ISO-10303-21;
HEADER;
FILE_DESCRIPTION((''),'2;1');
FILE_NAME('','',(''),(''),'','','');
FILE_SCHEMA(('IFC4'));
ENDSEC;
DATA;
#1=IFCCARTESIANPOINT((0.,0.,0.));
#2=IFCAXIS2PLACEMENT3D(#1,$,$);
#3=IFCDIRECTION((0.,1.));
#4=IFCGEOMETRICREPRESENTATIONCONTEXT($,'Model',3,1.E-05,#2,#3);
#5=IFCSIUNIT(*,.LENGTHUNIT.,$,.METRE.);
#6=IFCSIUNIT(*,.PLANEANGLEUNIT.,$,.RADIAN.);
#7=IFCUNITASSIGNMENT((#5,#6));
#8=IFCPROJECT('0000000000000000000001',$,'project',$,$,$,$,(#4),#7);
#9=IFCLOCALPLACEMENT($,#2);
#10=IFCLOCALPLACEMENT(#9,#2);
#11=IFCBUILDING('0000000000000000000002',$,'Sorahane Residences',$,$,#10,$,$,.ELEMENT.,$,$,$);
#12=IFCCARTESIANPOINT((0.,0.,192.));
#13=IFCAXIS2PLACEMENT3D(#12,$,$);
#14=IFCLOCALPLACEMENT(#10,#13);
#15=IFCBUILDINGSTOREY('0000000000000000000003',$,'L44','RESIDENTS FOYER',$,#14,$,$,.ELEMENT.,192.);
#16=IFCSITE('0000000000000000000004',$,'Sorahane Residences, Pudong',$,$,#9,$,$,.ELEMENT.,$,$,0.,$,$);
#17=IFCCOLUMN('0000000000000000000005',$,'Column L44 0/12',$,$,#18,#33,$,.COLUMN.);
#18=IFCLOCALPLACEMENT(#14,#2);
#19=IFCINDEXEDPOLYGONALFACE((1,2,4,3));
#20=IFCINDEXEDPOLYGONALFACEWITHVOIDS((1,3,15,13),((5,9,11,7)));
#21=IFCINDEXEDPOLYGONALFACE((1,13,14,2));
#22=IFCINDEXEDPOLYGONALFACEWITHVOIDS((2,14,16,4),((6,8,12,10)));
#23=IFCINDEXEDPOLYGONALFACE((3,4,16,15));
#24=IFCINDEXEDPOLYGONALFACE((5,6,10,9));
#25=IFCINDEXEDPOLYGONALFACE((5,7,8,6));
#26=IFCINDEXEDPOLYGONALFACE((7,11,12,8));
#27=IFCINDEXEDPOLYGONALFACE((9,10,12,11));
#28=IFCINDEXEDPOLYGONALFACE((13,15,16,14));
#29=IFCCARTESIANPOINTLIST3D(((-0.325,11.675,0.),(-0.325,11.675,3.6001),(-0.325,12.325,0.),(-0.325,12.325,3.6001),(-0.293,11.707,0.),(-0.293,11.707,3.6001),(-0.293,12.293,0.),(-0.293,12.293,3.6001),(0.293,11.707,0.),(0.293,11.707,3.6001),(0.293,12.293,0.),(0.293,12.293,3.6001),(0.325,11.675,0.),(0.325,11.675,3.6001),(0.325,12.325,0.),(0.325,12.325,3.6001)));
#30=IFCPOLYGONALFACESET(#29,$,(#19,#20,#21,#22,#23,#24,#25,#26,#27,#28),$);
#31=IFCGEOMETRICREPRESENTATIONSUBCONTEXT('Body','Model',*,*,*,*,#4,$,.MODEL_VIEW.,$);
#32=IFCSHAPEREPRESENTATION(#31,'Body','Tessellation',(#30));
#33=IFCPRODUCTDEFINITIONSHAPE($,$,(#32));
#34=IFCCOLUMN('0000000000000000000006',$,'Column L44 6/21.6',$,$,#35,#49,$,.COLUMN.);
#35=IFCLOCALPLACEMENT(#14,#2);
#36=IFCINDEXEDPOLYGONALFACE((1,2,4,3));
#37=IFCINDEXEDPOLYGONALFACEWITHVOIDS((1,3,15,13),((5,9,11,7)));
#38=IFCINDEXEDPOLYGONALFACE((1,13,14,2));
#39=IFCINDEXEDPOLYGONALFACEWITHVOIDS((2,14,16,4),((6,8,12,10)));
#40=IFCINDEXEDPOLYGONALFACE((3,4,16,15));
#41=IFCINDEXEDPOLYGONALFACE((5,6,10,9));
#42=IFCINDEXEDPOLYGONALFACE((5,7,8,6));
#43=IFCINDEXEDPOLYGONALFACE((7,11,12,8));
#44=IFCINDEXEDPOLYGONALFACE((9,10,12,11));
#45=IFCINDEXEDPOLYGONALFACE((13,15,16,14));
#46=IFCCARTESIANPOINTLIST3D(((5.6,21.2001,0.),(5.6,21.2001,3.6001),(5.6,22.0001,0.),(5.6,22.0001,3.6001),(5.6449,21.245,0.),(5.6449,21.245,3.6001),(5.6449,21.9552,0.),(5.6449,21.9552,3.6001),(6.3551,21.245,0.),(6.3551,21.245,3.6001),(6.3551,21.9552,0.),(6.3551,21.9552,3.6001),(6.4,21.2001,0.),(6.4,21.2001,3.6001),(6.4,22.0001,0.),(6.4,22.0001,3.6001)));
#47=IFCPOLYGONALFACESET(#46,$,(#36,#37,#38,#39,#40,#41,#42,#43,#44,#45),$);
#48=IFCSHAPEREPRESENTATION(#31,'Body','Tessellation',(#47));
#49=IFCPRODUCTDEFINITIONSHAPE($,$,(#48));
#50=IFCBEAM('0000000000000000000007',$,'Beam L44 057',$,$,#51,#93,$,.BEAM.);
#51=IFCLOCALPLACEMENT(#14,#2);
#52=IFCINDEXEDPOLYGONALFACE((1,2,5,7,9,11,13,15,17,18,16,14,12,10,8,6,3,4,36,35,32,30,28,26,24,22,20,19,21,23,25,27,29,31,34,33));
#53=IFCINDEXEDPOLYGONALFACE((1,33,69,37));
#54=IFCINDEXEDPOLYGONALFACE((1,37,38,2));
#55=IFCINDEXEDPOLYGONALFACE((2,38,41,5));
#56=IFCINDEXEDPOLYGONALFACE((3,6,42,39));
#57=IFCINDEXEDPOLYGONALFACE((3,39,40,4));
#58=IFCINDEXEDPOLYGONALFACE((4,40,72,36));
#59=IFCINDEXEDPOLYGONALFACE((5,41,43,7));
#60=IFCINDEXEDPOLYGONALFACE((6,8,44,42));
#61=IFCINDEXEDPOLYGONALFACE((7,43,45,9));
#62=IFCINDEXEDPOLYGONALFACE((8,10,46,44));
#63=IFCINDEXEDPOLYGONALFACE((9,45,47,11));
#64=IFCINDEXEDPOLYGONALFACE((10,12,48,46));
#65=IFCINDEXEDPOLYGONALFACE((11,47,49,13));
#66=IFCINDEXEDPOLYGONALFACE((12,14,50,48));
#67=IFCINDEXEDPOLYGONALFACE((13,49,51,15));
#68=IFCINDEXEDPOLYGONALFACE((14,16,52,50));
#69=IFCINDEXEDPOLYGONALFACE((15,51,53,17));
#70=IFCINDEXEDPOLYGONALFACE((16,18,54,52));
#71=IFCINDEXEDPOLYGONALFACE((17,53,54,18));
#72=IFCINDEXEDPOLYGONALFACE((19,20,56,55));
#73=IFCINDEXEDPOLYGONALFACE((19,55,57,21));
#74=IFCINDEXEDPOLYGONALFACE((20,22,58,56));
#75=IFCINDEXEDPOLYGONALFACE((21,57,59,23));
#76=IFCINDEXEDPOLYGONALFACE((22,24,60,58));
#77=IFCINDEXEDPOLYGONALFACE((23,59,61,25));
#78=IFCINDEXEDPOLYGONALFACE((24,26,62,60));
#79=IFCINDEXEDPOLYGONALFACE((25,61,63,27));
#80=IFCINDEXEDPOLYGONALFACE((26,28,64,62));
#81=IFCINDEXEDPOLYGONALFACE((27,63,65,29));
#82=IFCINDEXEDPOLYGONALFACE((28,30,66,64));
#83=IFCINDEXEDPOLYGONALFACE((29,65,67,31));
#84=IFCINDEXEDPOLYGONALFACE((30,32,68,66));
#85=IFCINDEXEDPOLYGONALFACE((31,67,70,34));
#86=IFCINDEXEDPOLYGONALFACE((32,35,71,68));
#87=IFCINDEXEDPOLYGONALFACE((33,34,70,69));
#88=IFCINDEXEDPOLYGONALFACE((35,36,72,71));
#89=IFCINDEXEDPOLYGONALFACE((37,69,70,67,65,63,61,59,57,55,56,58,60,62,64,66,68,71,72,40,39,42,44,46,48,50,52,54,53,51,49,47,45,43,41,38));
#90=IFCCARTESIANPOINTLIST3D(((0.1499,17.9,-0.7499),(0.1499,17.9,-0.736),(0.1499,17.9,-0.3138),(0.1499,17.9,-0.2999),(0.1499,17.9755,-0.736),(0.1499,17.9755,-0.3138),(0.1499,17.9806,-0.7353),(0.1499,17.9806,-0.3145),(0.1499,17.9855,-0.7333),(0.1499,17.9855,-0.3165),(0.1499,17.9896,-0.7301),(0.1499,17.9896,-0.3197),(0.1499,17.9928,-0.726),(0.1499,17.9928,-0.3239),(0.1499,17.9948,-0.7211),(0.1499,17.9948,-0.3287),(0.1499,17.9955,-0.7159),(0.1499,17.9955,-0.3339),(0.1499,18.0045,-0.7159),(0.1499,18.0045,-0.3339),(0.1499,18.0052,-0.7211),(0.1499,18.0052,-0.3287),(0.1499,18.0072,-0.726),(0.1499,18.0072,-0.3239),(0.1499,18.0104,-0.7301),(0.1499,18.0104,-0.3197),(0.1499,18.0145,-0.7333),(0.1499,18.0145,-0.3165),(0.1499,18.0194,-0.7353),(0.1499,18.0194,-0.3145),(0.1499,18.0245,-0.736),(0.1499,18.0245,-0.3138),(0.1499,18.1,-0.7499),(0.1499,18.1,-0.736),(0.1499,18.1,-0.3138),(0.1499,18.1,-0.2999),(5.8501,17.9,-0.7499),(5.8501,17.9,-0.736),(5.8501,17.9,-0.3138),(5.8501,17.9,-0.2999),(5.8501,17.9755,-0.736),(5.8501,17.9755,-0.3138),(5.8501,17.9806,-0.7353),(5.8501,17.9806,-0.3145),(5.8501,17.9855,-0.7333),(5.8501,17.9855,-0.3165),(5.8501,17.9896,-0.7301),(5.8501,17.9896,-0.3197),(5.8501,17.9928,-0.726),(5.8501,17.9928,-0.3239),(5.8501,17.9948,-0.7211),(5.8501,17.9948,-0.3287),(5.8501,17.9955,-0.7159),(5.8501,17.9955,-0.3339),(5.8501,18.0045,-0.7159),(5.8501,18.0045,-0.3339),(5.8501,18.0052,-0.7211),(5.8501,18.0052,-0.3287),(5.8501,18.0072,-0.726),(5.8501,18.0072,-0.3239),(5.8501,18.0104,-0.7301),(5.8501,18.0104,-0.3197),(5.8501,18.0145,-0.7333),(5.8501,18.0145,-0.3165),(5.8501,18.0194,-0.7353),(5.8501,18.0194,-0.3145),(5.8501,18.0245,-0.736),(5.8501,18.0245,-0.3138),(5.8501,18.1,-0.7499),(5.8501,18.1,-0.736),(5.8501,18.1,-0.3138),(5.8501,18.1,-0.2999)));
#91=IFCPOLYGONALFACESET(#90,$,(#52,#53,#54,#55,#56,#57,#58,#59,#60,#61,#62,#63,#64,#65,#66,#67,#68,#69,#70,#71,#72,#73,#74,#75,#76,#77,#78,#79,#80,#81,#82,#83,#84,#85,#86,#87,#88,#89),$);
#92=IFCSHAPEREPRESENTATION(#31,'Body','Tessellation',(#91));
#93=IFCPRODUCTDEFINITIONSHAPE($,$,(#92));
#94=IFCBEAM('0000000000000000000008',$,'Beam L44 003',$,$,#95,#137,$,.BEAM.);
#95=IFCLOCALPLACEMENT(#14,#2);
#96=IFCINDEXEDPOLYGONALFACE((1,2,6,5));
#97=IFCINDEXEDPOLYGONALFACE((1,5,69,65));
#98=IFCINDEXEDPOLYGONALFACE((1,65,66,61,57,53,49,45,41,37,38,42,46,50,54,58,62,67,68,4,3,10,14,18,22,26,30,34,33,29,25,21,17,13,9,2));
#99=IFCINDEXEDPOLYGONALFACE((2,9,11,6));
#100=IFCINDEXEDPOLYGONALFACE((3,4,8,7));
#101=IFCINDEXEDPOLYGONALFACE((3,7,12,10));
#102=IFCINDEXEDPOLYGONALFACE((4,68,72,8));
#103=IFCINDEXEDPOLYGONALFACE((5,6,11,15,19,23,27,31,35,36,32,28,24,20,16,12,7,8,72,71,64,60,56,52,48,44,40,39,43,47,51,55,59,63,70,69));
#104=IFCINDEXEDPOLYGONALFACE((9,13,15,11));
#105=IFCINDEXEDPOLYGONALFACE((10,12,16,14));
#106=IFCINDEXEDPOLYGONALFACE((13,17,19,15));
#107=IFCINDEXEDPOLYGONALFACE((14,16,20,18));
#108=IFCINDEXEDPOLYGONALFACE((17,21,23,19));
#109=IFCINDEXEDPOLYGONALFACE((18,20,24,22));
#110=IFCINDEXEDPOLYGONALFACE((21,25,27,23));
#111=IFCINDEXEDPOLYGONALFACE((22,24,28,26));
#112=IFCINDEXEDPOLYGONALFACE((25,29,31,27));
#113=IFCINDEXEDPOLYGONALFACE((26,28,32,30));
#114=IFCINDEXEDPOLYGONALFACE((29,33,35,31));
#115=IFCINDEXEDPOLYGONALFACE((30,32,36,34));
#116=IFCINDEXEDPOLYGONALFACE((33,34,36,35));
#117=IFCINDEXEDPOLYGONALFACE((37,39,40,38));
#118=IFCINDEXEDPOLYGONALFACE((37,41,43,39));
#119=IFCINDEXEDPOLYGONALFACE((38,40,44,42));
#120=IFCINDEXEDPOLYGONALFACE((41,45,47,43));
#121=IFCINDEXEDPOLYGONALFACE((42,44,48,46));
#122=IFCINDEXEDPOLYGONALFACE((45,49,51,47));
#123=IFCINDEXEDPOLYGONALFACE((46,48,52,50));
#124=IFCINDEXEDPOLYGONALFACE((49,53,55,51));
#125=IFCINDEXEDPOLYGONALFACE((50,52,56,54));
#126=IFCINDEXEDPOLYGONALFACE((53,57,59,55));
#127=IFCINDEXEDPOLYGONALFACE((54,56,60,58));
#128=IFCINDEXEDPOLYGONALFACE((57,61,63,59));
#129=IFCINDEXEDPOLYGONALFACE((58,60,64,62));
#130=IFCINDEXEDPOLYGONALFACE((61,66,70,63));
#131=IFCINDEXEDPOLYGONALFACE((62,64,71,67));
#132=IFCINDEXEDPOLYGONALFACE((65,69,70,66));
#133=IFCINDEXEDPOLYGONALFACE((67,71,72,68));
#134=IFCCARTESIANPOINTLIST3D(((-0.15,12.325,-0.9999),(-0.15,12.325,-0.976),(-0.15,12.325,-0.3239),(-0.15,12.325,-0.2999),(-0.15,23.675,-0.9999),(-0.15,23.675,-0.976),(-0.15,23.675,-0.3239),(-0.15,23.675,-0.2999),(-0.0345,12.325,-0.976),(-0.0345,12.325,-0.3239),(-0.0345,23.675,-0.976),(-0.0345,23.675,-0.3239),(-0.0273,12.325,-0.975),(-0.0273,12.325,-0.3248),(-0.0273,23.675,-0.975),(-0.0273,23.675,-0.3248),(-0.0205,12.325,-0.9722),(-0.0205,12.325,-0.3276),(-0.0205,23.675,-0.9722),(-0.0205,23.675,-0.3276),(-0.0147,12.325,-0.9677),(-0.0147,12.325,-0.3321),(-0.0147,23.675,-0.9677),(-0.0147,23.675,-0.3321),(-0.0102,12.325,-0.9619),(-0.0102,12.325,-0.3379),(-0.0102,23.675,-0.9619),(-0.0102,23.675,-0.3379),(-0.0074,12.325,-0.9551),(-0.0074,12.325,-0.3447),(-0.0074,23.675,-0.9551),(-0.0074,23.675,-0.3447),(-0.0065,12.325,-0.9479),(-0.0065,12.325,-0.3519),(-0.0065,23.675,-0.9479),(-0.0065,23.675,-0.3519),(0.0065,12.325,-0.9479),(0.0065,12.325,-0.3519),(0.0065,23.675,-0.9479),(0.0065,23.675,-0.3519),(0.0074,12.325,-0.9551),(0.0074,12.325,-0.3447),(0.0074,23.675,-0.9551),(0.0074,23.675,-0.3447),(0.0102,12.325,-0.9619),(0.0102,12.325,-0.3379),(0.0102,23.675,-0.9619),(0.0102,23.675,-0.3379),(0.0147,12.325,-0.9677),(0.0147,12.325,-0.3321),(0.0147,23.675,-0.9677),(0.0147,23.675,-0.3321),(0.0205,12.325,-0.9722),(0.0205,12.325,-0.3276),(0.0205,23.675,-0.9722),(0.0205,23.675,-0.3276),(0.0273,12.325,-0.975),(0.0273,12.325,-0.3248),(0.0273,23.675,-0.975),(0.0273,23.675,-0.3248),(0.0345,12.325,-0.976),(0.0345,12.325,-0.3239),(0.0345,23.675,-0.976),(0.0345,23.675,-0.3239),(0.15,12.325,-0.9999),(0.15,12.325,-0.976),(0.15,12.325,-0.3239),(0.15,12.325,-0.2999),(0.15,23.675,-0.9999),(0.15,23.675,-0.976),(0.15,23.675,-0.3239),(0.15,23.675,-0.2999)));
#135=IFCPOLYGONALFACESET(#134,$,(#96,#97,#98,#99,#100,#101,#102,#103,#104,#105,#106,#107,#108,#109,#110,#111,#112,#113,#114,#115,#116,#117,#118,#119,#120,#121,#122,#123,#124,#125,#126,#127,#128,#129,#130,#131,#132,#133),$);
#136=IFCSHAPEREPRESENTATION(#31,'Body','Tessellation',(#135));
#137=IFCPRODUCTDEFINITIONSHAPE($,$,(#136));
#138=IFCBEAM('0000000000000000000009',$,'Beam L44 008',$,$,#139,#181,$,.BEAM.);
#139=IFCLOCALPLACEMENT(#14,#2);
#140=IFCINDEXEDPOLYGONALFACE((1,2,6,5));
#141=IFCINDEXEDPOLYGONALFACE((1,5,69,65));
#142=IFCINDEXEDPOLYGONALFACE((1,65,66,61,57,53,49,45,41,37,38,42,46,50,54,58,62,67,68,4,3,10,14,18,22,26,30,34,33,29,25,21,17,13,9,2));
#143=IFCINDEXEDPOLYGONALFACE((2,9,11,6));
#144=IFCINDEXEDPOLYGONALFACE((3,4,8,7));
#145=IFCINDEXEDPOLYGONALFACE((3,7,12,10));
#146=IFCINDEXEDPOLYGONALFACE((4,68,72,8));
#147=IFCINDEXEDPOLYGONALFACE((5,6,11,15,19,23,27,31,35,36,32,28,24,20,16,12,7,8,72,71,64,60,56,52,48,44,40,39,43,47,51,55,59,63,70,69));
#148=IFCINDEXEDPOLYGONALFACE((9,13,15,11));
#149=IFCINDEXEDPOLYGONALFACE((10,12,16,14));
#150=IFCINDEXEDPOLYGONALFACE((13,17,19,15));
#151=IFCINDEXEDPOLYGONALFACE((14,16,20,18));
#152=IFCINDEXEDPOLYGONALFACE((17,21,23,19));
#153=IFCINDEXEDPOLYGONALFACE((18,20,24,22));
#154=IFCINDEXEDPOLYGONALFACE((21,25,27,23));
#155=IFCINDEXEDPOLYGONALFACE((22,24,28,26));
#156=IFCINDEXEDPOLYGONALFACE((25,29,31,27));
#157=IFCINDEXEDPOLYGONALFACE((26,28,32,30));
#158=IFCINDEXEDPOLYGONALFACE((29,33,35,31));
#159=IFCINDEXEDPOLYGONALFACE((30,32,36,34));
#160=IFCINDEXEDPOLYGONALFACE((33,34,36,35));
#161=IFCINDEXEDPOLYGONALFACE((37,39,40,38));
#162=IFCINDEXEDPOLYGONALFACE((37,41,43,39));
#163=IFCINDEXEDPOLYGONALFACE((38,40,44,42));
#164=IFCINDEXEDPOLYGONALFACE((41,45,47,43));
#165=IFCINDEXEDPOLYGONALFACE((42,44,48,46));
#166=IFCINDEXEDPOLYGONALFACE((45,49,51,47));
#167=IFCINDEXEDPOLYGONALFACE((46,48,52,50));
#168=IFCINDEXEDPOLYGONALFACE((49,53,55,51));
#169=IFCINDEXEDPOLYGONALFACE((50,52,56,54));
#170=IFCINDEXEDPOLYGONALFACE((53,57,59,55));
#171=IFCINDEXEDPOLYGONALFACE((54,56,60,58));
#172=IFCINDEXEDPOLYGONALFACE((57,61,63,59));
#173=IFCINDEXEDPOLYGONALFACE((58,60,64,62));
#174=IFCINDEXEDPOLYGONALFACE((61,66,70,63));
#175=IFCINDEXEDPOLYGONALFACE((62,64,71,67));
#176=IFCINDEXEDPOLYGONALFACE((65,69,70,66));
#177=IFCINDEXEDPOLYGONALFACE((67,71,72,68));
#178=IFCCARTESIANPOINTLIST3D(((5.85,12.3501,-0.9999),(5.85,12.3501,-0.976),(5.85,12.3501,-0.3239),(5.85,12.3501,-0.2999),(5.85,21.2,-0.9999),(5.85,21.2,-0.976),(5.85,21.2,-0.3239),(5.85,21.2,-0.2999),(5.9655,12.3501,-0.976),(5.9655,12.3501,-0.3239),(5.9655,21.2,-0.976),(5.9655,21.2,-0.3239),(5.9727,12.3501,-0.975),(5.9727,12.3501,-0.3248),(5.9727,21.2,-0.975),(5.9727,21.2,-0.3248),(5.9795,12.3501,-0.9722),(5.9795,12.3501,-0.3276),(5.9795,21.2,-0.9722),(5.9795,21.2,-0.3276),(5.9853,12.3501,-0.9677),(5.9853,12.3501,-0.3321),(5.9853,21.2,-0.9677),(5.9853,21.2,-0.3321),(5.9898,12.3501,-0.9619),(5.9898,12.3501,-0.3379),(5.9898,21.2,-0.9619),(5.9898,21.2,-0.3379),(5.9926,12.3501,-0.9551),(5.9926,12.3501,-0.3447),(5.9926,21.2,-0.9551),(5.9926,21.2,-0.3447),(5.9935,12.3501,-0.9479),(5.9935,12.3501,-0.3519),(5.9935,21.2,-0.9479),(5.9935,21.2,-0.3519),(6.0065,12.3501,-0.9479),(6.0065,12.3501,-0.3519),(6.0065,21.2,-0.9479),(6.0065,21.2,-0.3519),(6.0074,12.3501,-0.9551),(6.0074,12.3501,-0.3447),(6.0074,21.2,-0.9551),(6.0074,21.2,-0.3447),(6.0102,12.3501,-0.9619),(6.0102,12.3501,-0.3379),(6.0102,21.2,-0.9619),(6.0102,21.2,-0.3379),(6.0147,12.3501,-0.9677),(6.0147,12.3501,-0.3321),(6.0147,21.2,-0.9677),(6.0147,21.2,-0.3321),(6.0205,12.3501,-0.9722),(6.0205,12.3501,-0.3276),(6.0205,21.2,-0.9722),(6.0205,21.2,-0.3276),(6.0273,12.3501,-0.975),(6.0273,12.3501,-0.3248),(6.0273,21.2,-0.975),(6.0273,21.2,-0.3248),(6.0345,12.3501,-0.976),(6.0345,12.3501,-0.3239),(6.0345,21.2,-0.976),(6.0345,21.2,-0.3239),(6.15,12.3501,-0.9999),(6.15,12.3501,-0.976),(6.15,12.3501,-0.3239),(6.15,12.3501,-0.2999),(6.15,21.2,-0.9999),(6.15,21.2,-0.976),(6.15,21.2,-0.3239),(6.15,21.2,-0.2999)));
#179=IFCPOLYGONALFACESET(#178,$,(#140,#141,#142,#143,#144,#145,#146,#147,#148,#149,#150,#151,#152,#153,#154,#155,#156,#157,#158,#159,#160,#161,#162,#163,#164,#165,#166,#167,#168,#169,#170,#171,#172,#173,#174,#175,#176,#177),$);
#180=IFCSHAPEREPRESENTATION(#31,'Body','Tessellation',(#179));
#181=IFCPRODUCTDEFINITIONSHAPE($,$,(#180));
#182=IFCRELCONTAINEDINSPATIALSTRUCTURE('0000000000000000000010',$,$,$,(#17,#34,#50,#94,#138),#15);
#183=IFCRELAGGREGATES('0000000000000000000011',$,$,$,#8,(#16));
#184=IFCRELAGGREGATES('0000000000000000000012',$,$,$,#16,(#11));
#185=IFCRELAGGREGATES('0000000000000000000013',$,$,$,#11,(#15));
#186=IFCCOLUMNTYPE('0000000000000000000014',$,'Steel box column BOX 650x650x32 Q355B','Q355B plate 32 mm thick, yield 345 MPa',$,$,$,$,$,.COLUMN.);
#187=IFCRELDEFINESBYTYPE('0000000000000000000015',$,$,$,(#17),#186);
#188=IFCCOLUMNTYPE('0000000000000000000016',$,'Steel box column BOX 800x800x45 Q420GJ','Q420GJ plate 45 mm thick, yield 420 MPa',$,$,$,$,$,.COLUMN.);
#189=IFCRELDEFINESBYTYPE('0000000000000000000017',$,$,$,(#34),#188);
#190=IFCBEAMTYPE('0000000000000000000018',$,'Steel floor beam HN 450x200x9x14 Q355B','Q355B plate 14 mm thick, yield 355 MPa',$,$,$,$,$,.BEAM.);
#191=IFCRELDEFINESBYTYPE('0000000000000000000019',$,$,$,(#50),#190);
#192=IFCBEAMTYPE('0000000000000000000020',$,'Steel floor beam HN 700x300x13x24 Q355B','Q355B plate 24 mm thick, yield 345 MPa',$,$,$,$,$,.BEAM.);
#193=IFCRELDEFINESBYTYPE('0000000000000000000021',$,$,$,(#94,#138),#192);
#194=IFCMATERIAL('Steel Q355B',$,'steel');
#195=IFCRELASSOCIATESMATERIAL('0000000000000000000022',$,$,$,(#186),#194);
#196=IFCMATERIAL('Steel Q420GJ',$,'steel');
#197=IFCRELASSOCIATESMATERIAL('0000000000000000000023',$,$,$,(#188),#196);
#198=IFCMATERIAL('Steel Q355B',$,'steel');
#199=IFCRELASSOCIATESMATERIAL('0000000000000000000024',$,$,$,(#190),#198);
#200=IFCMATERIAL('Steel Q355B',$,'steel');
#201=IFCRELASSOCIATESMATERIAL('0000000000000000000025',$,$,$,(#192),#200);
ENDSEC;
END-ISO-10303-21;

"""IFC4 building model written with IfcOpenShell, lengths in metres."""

from ifc_helpers import new_model, si_unit, direction, frame, origin, origin_2d, place, context, subcontext, project, spatial, hollow_rectangle, i_section, extrude, material, material_profile, profile_set, type_object, element, save


model = new_model("IFC4")

# Units and contexts
model_context = context("Model", 3, precision=1e-05, world=origin(), true_north=direction((0.0, 1.0)))
body_context = subcontext(model_context, "Body", "Model", "MODEL_VIEW")
ifc_project = project(units=[si_unit("LENGTHUNIT", "METRE"), si_unit("PLANEANGLEUNIT", "RADIAN")], contexts=[model_context])

# Site, building, storey
site_placement = place(None, origin())
site = spatial("IfcSite", under=ifc_project, at=site_placement, Name="Sorahane Residences, Pudong", CompositionType="ELEMENT", RefElevation=0.0)
building_placement = place(site_placement, origin())
building = spatial("IfcBuilding", under=site, at=building_placement, Name="Sorahane Residences", CompositionType="ELEMENT")
storey_placement = place(building_placement, frame((0.0, 0.0, 192.0)))
storey = spatial("IfcBuildingStorey", under=building, at=storey_placement, Name="L44", Description="RESIDENTS FOYER", CompositionType="ELEMENT", Elevation=192.0)

# Columns
ifc_material_1 = material(Name="Steel Q355B", Category="steel")
ifc_material_profile_1 = material_profile(ifc_material_1, hollow_rectangle(XDim=0.6499, YDim=0.6499, WallThickness=0.032, at=origin_2d()), Name="BOX 650x650x32")
ifc_profile_set_1 = profile_set([ifc_material_profile_1], Name="Steel Q355B")
column_type_1 = type_object("IfcColumnType", Name="Steel box column BOX 650x650x32 Q355B", Description="Q355B plate 32 mm thick, yield 345 MPa", PredefinedType="COLUMN", material=ifc_profile_set_1)
column_1_placement = place(storey_placement, frame((0.0, 12.0, 0.0), z_axis=(0.0, 0.0, 1.0), x_axis=(1.0, 0.0, 0.0)))
element("IfcColumn", 1, at=column_1_placement, inside=storey, type_object=column_type_1, Name="Column L44 0/12", PredefinedType="COLUMN", context=body_context, shape_type="SweptSolid", body=[
    extrude(hollow_rectangle(XDim=0.6499, YDim=0.6499, WallThickness=0.032, at=origin_2d()), origin(), (0.0, 0.0, 1.0), 3.6001),
])
ifc_material_2 = material(Name="Steel Q420GJ", Category="steel")
ifc_material_profile_2 = material_profile(ifc_material_2, hollow_rectangle(XDim=0.8, YDim=0.8, WallThickness=0.0449, at=origin_2d()), Name="BOX 800x800x45")
ifc_profile_set_2 = profile_set([ifc_material_profile_2], Name="Steel Q420GJ")
column_type_2 = type_object("IfcColumnType", Name="Steel box column BOX 800x800x45 Q420GJ", Description="Q420GJ plate 45 mm thick, yield 420 MPa", PredefinedType="COLUMN", material=ifc_profile_set_2)
column_2_placement = place(storey_placement, frame((6.0, 21.6001, 0.0), z_axis=(0.0, 0.0, 1.0), x_axis=(1.0, 0.0, 0.0)))
element("IfcColumn", 2, at=column_2_placement, inside=storey, type_object=column_type_2, Name="Column L44 6/21.6", PredefinedType="COLUMN", context=body_context, shape_type="SweptSolid", body=[
    extrude(hollow_rectangle(XDim=0.8, YDim=0.8, WallThickness=0.0449, at=origin_2d()), origin(), (0.0, 0.0, 1.0), 3.6001),
])

# Beams
ifc_material_3 = material(Name="Steel Q355B", Category="steel")
ifc_material_profile_3 = material_profile(ifc_material_3, i_section(OverallWidth=0.2, OverallDepth=0.45, WebThickness=0.009, FlangeThickness=0.0139, FilletRadius=0.02, at=origin_2d()), Name="HN 450x200x9x14")
ifc_profile_set_3 = profile_set([ifc_material_profile_3], Name="Steel Q355B")
beam_type_1 = type_object("IfcBeamType", Name="Steel floor beam HN 450x200x9x14 Q355B", Description="Q355B plate 14 mm thick, yield 355 MPa", PredefinedType="BEAM", material=ifc_profile_set_3)
beam_1_placement = place(storey_placement, frame((0.1499, 18.0, -0.5249), z_axis=(1.0, 0.0, 0.0), x_axis=(0.0, 1.0, 0.0)))
element("IfcBeam", 3, at=beam_1_placement, inside=storey, type_object=beam_type_1, Name="Beam L44 057", PredefinedType="BEAM", context=body_context, shape_type="SweptSolid", body=[
    extrude(i_section(OverallWidth=0.2, OverallDepth=0.45, WebThickness=0.009, FlangeThickness=0.0139, FilletRadius=0.02, at=origin_2d()), origin(), (0.0, 0.0, 1.0), 5.7002),
])
ifc_material_4 = material(Name="Steel Q355B", Category="steel")
ifc_material_profile_4 = material_profile(ifc_material_4, i_section(OverallWidth=0.3, OverallDepth=0.7, WebThickness=0.0129, FlangeThickness=0.0239, FilletRadius=0.0281, at=origin_2d()), Name="HN 700x300x13x24")
ifc_profile_set_4 = profile_set([ifc_material_profile_4], Name="Steel Q355B")
beam_type_2 = type_object("IfcBeamType", Name="Steel floor beam HN 700x300x13x24 Q355B", Description="Q355B plate 24 mm thick, yield 345 MPa", PredefinedType="BEAM", material=ifc_profile_set_4)
beam_2_placement = place(storey_placement, frame((0.0, 12.325, -0.6499), z_axis=(0.0, 1.0, 0.0), x_axis=(-1.0, 0.0, 0.0)))
element("IfcBeam", 4, at=beam_2_placement, inside=storey, type_object=beam_type_2, Name="Beam L44 003", PredefinedType="BEAM", context=body_context, shape_type="SweptSolid", body=[
    extrude(i_section(OverallWidth=0.3, OverallDepth=0.7, WebThickness=0.0129, FlangeThickness=0.0239, FilletRadius=0.0281, at=origin_2d()), origin(), (0.0, 0.0, 1.0), 11.3501),
])
beam_3_placement = place(storey_placement, frame((6.0, 12.3501, -0.6499), z_axis=(0.0, 1.0, 0.0), x_axis=(-1.0, 0.0, 0.0)))
element("IfcBeam", 5, at=beam_3_placement, inside=storey, type_object=beam_type_2, Name="Beam L44 008", PredefinedType="BEAM", context=body_context, shape_type="SweptSolid", body=[
    extrude(i_section(OverallWidth=0.3, OverallDepth=0.7, WebThickness=0.0129, FlangeThickness=0.0239, FilletRadius=0.0281, at=origin_2d()), origin(), (0.0, 0.0, 1.0), 8.8499),
])

save(model, "model.ifc")
